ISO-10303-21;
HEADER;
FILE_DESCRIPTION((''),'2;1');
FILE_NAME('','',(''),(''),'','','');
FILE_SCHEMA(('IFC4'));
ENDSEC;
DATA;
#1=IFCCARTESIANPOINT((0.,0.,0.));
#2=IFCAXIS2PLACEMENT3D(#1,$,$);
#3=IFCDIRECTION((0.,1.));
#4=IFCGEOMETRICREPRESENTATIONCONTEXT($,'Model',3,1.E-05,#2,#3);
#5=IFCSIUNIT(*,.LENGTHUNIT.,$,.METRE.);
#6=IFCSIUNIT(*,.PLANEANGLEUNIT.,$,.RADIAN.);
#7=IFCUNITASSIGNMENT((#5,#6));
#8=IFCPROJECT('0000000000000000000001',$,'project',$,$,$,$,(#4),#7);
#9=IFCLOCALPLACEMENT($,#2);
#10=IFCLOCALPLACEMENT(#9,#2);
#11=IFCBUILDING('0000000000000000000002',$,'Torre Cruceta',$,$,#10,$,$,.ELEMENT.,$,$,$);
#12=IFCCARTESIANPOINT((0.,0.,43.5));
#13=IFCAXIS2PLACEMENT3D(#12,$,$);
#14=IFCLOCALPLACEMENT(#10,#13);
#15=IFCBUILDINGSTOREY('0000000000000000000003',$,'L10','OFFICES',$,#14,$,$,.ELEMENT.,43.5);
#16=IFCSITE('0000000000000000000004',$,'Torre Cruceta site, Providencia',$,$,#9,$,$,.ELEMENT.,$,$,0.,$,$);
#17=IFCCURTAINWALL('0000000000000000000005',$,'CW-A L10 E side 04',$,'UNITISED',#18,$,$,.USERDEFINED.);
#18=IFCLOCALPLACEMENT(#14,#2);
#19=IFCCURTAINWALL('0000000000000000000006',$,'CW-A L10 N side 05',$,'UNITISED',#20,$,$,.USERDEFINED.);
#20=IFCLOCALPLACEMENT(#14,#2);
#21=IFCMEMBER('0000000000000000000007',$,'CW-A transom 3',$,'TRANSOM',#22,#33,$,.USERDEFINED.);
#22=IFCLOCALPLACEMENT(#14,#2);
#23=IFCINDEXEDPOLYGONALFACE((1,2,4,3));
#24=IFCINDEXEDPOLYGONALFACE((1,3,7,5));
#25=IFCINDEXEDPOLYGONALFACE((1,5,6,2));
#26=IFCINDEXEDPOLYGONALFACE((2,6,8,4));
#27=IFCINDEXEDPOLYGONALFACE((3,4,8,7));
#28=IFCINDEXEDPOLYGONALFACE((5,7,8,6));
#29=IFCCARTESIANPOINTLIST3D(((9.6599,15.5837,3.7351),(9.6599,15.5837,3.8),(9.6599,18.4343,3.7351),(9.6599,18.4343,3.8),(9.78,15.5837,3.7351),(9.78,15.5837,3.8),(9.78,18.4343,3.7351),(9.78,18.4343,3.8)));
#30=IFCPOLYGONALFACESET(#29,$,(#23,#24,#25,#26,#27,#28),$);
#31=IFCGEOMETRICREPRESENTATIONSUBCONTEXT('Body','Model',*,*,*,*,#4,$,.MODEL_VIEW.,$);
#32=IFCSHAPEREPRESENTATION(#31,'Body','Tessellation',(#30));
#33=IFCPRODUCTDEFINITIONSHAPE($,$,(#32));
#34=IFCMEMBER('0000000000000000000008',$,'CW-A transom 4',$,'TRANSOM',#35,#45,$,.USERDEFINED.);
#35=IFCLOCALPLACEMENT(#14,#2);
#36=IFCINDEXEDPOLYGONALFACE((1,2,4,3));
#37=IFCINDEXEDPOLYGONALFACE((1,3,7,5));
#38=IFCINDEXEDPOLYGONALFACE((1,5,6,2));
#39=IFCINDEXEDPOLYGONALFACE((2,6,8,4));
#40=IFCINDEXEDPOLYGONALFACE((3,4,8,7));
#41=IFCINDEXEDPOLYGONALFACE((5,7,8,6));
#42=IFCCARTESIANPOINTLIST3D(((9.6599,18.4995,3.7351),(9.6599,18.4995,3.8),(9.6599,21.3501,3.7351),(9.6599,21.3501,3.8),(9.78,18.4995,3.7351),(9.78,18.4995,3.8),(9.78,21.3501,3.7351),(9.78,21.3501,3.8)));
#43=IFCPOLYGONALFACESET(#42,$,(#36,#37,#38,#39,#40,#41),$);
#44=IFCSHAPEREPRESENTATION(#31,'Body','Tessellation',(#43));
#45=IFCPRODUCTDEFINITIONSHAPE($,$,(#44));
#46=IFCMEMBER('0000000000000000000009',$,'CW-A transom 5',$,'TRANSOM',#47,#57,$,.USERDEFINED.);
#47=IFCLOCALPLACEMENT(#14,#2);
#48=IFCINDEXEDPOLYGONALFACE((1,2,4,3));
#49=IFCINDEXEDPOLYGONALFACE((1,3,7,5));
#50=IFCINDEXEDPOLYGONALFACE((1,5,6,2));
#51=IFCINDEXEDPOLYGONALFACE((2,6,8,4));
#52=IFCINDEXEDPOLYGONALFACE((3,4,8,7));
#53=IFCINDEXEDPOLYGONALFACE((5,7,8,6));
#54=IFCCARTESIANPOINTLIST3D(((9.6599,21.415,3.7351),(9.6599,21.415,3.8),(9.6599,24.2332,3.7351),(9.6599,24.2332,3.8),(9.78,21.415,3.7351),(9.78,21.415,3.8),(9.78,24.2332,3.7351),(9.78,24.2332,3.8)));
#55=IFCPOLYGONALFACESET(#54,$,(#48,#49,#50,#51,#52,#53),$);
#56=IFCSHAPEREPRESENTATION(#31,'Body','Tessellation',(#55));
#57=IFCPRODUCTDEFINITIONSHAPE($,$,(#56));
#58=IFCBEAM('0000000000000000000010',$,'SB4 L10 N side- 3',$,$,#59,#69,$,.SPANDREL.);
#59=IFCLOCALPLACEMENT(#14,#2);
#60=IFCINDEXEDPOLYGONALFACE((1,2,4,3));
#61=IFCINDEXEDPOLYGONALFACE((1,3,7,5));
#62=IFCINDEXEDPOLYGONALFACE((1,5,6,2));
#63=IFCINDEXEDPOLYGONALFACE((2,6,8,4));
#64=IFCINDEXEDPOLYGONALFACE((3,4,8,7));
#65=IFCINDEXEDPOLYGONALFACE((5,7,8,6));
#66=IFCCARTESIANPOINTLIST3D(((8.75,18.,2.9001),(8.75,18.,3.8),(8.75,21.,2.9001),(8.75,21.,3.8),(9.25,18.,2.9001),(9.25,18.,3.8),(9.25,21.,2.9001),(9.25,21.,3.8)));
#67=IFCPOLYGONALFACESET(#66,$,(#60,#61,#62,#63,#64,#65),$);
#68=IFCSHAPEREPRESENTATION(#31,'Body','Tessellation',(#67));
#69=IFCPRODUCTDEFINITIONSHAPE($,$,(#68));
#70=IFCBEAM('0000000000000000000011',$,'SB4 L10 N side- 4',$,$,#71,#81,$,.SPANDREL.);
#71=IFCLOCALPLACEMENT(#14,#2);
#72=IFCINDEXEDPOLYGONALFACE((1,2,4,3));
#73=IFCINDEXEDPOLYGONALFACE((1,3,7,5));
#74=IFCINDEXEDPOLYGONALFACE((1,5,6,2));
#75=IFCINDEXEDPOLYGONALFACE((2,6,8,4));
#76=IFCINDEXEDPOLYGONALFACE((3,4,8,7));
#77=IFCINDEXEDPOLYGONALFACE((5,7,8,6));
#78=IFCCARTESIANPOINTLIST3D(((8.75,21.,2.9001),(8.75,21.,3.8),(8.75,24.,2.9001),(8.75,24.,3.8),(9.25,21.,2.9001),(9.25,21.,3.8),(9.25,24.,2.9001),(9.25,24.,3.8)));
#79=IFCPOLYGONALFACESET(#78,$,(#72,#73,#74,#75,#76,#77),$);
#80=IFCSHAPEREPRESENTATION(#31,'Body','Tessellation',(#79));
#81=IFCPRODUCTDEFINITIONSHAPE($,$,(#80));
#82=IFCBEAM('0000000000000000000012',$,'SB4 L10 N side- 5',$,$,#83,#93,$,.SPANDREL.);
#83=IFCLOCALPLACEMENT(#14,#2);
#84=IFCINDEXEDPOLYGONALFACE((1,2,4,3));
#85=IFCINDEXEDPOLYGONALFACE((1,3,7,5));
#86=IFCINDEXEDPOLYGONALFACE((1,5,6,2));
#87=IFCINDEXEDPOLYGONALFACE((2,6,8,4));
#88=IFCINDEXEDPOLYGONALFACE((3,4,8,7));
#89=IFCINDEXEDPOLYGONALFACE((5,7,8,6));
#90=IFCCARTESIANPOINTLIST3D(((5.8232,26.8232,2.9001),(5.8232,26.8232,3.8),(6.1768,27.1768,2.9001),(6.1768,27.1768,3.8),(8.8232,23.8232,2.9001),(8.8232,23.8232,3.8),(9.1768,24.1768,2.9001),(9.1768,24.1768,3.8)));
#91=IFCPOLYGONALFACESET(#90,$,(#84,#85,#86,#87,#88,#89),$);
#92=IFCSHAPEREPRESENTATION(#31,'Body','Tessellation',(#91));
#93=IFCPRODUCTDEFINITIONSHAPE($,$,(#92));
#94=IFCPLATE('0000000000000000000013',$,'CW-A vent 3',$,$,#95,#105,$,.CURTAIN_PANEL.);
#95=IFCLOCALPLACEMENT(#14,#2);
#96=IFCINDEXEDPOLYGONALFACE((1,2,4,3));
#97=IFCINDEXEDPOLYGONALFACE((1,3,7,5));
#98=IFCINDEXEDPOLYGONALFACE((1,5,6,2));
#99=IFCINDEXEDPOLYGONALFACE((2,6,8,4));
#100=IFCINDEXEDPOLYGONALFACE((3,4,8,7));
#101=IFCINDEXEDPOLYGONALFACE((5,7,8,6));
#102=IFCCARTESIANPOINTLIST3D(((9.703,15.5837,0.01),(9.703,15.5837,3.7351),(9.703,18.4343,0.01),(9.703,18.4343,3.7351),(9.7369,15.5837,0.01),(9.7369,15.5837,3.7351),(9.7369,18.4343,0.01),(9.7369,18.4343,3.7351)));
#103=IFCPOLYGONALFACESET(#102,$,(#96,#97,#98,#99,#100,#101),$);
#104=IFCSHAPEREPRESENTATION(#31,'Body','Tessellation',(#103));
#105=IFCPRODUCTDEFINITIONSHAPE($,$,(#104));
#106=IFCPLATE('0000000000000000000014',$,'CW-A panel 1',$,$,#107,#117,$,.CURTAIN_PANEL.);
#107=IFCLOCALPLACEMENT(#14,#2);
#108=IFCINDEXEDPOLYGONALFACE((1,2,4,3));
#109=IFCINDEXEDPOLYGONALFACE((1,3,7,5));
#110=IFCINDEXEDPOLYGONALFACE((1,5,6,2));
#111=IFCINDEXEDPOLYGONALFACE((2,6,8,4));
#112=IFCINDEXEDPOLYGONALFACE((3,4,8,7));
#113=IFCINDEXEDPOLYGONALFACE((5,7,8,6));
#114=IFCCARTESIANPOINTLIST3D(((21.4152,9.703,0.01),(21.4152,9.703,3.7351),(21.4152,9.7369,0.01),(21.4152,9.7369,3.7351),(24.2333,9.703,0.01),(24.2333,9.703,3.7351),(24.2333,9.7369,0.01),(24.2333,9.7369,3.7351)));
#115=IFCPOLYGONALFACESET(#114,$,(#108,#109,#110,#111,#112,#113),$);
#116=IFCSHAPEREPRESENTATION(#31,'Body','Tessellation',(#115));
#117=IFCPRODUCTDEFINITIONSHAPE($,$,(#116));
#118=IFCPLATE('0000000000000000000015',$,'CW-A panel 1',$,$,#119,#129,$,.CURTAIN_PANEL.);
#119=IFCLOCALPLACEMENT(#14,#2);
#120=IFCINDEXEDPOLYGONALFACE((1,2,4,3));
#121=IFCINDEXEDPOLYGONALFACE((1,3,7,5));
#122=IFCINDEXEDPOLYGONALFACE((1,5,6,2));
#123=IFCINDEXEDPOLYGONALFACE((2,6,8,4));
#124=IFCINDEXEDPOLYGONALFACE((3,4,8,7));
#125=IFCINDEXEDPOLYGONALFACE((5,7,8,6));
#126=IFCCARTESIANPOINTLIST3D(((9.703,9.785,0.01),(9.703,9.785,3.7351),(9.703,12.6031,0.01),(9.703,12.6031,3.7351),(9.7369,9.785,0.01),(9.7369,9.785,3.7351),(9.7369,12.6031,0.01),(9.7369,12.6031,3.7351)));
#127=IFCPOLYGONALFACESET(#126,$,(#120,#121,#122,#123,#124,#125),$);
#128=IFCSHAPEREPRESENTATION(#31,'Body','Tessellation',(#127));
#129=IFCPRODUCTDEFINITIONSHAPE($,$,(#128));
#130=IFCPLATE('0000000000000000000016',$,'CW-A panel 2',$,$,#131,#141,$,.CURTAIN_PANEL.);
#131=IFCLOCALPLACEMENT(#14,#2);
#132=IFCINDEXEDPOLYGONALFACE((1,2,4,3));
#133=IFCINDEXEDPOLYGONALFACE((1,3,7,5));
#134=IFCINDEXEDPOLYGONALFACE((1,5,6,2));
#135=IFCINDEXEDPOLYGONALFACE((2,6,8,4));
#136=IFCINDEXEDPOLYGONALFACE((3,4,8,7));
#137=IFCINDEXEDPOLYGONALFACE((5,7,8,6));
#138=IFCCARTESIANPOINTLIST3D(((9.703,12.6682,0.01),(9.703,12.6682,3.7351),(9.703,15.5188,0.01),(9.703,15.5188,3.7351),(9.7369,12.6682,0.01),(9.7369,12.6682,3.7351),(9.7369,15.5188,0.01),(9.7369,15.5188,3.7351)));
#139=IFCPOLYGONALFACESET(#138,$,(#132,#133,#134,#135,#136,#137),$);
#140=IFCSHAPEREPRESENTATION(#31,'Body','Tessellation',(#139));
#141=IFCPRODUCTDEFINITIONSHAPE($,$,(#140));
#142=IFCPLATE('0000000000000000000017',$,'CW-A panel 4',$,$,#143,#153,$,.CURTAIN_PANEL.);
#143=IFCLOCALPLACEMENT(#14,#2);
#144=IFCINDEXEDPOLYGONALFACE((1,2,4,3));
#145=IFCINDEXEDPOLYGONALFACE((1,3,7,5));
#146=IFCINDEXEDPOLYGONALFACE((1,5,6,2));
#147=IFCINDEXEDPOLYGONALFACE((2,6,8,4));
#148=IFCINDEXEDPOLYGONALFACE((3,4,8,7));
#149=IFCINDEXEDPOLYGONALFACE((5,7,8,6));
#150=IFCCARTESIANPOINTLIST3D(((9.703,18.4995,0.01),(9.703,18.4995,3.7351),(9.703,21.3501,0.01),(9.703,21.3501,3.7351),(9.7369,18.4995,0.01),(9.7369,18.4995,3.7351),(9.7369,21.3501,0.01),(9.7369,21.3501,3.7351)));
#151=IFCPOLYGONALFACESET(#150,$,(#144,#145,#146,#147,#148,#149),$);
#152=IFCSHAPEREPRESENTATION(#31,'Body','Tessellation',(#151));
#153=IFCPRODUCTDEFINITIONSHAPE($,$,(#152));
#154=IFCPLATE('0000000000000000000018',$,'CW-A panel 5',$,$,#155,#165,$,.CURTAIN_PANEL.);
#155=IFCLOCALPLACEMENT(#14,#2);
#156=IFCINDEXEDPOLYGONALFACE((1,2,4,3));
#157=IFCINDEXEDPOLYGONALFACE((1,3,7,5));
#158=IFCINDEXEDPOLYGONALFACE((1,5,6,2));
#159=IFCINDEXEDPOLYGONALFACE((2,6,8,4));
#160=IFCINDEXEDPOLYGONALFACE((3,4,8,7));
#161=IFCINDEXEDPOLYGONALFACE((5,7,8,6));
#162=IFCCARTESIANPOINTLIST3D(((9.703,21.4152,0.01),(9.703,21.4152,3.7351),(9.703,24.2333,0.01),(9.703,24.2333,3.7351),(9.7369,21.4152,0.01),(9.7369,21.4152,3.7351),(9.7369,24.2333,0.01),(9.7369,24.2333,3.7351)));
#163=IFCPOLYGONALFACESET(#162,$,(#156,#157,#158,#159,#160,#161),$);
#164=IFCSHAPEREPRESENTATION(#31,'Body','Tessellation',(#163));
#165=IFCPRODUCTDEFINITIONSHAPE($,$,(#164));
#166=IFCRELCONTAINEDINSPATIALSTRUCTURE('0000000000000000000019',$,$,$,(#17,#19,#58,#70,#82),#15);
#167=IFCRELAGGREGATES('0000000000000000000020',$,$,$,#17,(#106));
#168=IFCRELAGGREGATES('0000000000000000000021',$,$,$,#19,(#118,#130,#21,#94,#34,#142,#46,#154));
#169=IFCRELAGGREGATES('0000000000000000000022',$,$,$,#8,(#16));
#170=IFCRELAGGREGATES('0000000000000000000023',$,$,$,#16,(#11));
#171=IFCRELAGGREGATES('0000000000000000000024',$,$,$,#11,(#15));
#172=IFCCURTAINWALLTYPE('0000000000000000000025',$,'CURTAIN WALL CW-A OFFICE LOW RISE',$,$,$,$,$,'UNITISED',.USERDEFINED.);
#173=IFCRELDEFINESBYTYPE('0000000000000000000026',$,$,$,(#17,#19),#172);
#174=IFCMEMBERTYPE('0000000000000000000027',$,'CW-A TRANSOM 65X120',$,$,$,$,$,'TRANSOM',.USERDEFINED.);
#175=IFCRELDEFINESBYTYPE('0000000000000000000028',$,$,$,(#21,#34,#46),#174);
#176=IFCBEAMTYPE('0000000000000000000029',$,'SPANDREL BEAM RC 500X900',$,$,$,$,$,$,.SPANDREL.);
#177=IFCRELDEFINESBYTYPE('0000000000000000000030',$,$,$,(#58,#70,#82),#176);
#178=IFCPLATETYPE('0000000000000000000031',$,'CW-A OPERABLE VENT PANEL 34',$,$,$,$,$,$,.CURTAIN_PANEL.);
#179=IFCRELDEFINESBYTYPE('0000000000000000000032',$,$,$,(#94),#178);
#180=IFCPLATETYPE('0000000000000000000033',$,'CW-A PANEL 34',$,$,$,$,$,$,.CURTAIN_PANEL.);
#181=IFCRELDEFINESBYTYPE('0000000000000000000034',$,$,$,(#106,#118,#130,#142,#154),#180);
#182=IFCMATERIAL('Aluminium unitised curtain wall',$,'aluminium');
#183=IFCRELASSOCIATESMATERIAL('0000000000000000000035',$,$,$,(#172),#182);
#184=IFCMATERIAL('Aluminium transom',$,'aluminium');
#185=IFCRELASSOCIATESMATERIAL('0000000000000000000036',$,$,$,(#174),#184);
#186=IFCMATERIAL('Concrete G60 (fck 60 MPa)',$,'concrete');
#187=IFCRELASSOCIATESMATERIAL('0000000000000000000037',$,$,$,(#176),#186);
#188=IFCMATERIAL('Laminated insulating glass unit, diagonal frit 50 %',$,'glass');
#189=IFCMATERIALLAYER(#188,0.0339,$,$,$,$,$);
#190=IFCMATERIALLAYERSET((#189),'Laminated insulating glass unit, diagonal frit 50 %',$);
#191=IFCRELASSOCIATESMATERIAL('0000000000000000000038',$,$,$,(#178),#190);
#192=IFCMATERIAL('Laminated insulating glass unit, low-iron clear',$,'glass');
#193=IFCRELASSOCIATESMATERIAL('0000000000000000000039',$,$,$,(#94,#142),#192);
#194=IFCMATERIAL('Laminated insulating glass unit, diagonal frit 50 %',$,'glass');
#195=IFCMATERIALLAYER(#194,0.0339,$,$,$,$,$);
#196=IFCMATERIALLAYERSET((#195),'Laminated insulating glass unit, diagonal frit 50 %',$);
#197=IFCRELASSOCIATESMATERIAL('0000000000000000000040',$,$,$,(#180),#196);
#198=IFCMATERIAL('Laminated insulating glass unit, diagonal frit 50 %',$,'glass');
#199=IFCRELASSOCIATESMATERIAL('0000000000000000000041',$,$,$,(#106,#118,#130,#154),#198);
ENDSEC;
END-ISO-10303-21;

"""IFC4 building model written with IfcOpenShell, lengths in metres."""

from ifc_helpers import new_model, si_unit, direction, frame, origin, origin_2d, place, context, subcontext, project, spatial, rectangle, extrude, material, layer, layer_set, material_profile, profile_set, type_object, element, aggregate, save


model = new_model("IFC4")

# Units and contexts
model_context = context("Model", 3, precision=1e-05, world=origin(), true_north=direction((0.0, 1.0)))
body_context = subcontext(model_context, "Body", "Model", "MODEL_VIEW")
ifc_project = project(units=[si_unit("LENGTHUNIT", "METRE"), si_unit("PLANEANGLEUNIT", "RADIAN")], contexts=[model_context])

# Site, building, storey
site_placement = place(None, origin())
site = spatial("IfcSite", under=ifc_project, at=site_placement, Name="Torre Cruceta site, Providencia", CompositionType="ELEMENT", RefElevation=0.0)
building_placement = place(site_placement, origin())
building = spatial("IfcBuilding", under=site, at=building_placement, Name="Torre Cruceta", CompositionType="ELEMENT")
storey_placement = place(building_placement, frame((0.0, 0.0, 43.5)))
storey = spatial("IfcBuildingStorey", under=building, at=storey_placement, Name="L10", Description="OFFICES", CompositionType="ELEMENT", Elevation=43.5)

# Curtain walls
ifc_material_1 = material(Name="Aluminium unitised curtain wall", Category="aluminium")
curtain_wall_type = type_object("IfcCurtainWallType", Name="CURTAIN WALL CW-A OFFICE LOW RISE", ElementType="UNITISED", PredefinedType="USERDEFINED", material=ifc_material_1)
curtain_wall_1_placement = place(storey_placement, origin())
curtain_wall_1 = element("IfcCurtainWall", 1, at=curtain_wall_1_placement, inside=storey, type_object=curtain_wall_type, Name="CW-A L10 E side 04", ObjectType="UNITISED", PredefinedType="USERDEFINED")
curtain_wall_2_placement = place(storey_placement, origin())
curtain_wall_2 = element("IfcCurtainWall", 2, at=curtain_wall_2_placement, inside=storey, type_object=curtain_wall_type, Name="CW-A L10 N side 05", ObjectType="UNITISED", PredefinedType="USERDEFINED")

# Members
ifc_material_2 = material(Name="Aluminium transom", Category="aluminium")
ifc_material_profile_1 = material_profile(ifc_material_2, rectangle(XDim=0.1201, YDim=0.0649, at=origin_2d()), Name="AL 120X65")
ifc_profile_set_1 = profile_set([ifc_material_profile_1], Name="Aluminium transom")
member_type_1 = type_object("IfcMemberType", Name="CW-A TRANSOM 65X120", ElementType="TRANSOM", PredefinedType="USERDEFINED", material=ifc_profile_set_1)
member_1_placement = place(storey_placement, frame((9.72, 15.5837, 3.7676), z_axis=(0.0, 1.0, 0.0), x_axis=(-1.0, 0.0, 0.0)))
member_1 = element("IfcMember", 3, at=member_1_placement, type_object=member_type_1, Name="CW-A transom 3", ObjectType="TRANSOM", PredefinedType="USERDEFINED", context=body_context, shape_type="SweptSolid", body=[
    extrude(rectangle(XDim=0.1201, YDim=0.0649, at=origin_2d()), origin(), (0.0, 0.0, 1.0), 2.8506),
])
member_2_placement = place(storey_placement, frame((9.72, 18.4995, 3.7676), z_axis=(0.0, 1.0, 0.0), x_axis=(-1.0, 0.0, 0.0)))
member_2 = element("IfcMember", 4, at=member_2_placement, type_object=member_type_1, Name="CW-A transom 4", ObjectType="TRANSOM", PredefinedType="USERDEFINED", context=body_context, shape_type="SweptSolid", body=[
    extrude(rectangle(XDim=0.1201, YDim=0.0649, at=origin_2d()), origin(), (0.0, 0.0, 1.0), 2.8506),
])
member_3_placement = place(storey_placement, frame((9.72, 21.415, 3.7676), z_axis=(0.0, 1.0, 0.0), x_axis=(-1.0, 0.0, 0.0)))
member_3 = element("IfcMember", 5, at=member_3_placement, type_object=member_type_1, Name="CW-A transom 5", ObjectType="TRANSOM", PredefinedType="USERDEFINED", context=body_context, shape_type="SweptSolid", body=[
    extrude(rectangle(XDim=0.1201, YDim=0.0649, at=origin_2d()), origin(), (0.0, 0.0, 1.0), 2.8181),
])

# Beams
ifc_material_3 = material(Name="Concrete G60 (fck 60 MPa)", Category="concrete")
ifc_material_profile_2 = material_profile(ifc_material_3, rectangle(XDim=0.5, YDim=0.8999, at=origin_2d()), Name="RC 500X900")
ifc_profile_set_2 = profile_set([ifc_material_profile_2], Name="Concrete G60 (fck 60 MPa)")
beam_type_1 = type_object("IfcBeamType", Name="SPANDREL BEAM RC 500X900", PredefinedType="SPANDREL", material=ifc_profile_set_2)
for number, where, z_axis, x_axis, name in (
    (6, (9.0, 18.0, 3.3501), (0.0, 1.0, 0.0), (-1.0, 0.0, 0.0), "SB4 L10 N side- 3"),
    (7, (9.0, 21.0, 3.3501), (0.0, 1.0, 0.0), (-1.0, 0.0, 0.0), "SB4 L10 N side- 4"),
):
    element("IfcBeam", number, at=place(storey_placement, frame(where, z_axis=z_axis, x_axis=x_axis)), inside=storey, type_object=beam_type_1, Name=name, PredefinedType="SPANDREL", context=body_context, shape_type="SweptSolid", body=[
        extrude(rectangle(XDim=0.5, YDim=0.8999, at=origin_2d()), origin(), (0.0, 0.0, 1.0), 3.0),
    ])
beam_placement = place(storey_placement, frame((9.0, 24.0, 3.3501), z_axis=(-0.707107, 0.707107, 0.0), x_axis=(-0.707107, -0.707107, 0.0)))
element("IfcBeam", 8, at=beam_placement, inside=storey, type_object=beam_type_1, Name="SB4 L10 N side- 5", PredefinedType="SPANDREL", context=body_context, shape_type="SweptSolid", body=[
    extrude(rectangle(XDim=0.5, YDim=0.8999, at=origin_2d()), origin(), (0.0, 0.0, 1.0), 4.2427),
])

# Plates
ifc_material_4 = material(Name="Laminated insulating glass unit, low-iron clear", Category="glass")
ifc_material_5 = material(Name="Laminated insulating glass unit, diagonal frit 50 %", Category="glass")
ifc_layer_1 = layer(ifc_material_5, 0.0339)
ifc_layer_set_1 = layer_set([ifc_layer_1], Name="Laminated insulating glass unit, diagonal frit 50 %")
plate_type_1 = type_object("IfcPlateType", Name="CW-A OPERABLE VENT PANEL 34", PredefinedType="CURTAIN_PANEL", material=ifc_layer_set_1)
plate_1_placement = place(storey_placement, frame((9.72, 17.009, 0.01), z_axis=(0.0, 0.0, 1.0), x_axis=(0.0, 1.0, 0.0)))
plate_1 = element("IfcPlate", 9, at=plate_1_placement, type_object=plate_type_1, material=ifc_material_4, Name="CW-A vent 3", PredefinedType="CURTAIN_PANEL", context=body_context, shape_type="SweptSolid", body=[
    extrude(rectangle(XDim=2.8506, YDim=0.0339, at=origin_2d()), origin(), (0.0, 0.0, 1.0), 3.7251),
])
ifc_material_6 = material(Name="Laminated insulating glass unit, diagonal frit 50 %", Category="glass")
ifc_material_7 = material(Name="Laminated insulating glass unit, diagonal frit 50 %", Category="glass")
ifc_layer_2 = layer(ifc_material_7, 0.0339)
ifc_layer_set_2 = layer_set([ifc_layer_2], Name="Laminated insulating glass unit, diagonal frit 50 %")
plate_type_2 = type_object("IfcPlateType", Name="CW-A PANEL 34", PredefinedType="CURTAIN_PANEL", material=ifc_layer_set_2)
plate_2_placement = place(storey_placement, frame((22.8242, 9.72, 0.01), z_axis=(0.0, 0.0, 1.0), x_axis=(-1.0, 0.0, 0.0)))
plate_2 = element("IfcPlate", 10, at=plate_2_placement, type_object=plate_type_2, material=ifc_material_6, Name="CW-A panel 1", PredefinedType="CURTAIN_PANEL", context=body_context, shape_type="SweptSolid", body=[
    extrude(rectangle(XDim=2.8181, YDim=0.0339, at=origin_2d()), origin(), (0.0, 0.0, 1.0), 3.7251),
])
aggregate(curtain_wall_1, [plate_2])
plate_3_placement = place(storey_placement, frame((9.72, 11.1941, 0.01), z_axis=(0.0, 0.0, 1.0), x_axis=(0.0, 1.0, 0.0)))
plate_3 = element("IfcPlate", 11, at=plate_3_placement, type_object=plate_type_2, material=ifc_material_6, Name="CW-A panel 1", PredefinedType="CURTAIN_PANEL", context=body_context, shape_type="SweptSolid", body=[
    extrude(rectangle(XDim=2.8181, YDim=0.0339, at=origin_2d()), origin(), (0.0, 0.0, 1.0), 3.7251),
])
plate_4_placement = place(storey_placement, frame((9.72, 14.0935, 0.01), z_axis=(0.0, 0.0, 1.0), x_axis=(0.0, 1.0, 0.0)))
plate_4 = element("IfcPlate", 12, at=plate_4_placement, type_object=plate_type_2, material=ifc_material_6, Name="CW-A panel 2", PredefinedType="CURTAIN_PANEL", context=body_context, shape_type="SweptSolid", body=[
    extrude(rectangle(XDim=2.8506, YDim=0.0339, at=origin_2d()), origin(), (0.0, 0.0, 1.0), 3.7251),
])
plate_5_placement = place(storey_placement, frame((9.72, 19.9248, 0.01), z_axis=(0.0, 0.0, 1.0), x_axis=(0.0, 1.0, 0.0)))
plate_5 = element("IfcPlate", 13, at=plate_5_placement, type_object=plate_type_2, material=ifc_material_4, Name="CW-A panel 4", PredefinedType="CURTAIN_PANEL", context=body_context, shape_type="SweptSolid", body=[
    extrude(rectangle(XDim=2.8506, YDim=0.0339, at=origin_2d()), origin(), (0.0, 0.0, 1.0), 3.7251),
])
plate_6_placement = place(storey_placement, frame((9.72, 22.8242, 0.01), z_axis=(0.0, 0.0, 1.0), x_axis=(0.0, 1.0, 0.0)))
plate_6 = element("IfcPlate", 14, at=plate_6_placement, type_object=plate_type_2, material=ifc_material_6, Name="CW-A panel 5", PredefinedType="CURTAIN_PANEL", context=body_context, shape_type="SweptSolid", body=[
    extrude(rectangle(XDim=2.8181, YDim=0.0339, at=origin_2d()), origin(), (0.0, 0.0, 1.0), 3.7251),
])
aggregate(curtain_wall_2, [plate_3, plate_4, member_1, plate_1, member_2, plate_5, member_3, plate_6])

save(model, "model.ifc")
